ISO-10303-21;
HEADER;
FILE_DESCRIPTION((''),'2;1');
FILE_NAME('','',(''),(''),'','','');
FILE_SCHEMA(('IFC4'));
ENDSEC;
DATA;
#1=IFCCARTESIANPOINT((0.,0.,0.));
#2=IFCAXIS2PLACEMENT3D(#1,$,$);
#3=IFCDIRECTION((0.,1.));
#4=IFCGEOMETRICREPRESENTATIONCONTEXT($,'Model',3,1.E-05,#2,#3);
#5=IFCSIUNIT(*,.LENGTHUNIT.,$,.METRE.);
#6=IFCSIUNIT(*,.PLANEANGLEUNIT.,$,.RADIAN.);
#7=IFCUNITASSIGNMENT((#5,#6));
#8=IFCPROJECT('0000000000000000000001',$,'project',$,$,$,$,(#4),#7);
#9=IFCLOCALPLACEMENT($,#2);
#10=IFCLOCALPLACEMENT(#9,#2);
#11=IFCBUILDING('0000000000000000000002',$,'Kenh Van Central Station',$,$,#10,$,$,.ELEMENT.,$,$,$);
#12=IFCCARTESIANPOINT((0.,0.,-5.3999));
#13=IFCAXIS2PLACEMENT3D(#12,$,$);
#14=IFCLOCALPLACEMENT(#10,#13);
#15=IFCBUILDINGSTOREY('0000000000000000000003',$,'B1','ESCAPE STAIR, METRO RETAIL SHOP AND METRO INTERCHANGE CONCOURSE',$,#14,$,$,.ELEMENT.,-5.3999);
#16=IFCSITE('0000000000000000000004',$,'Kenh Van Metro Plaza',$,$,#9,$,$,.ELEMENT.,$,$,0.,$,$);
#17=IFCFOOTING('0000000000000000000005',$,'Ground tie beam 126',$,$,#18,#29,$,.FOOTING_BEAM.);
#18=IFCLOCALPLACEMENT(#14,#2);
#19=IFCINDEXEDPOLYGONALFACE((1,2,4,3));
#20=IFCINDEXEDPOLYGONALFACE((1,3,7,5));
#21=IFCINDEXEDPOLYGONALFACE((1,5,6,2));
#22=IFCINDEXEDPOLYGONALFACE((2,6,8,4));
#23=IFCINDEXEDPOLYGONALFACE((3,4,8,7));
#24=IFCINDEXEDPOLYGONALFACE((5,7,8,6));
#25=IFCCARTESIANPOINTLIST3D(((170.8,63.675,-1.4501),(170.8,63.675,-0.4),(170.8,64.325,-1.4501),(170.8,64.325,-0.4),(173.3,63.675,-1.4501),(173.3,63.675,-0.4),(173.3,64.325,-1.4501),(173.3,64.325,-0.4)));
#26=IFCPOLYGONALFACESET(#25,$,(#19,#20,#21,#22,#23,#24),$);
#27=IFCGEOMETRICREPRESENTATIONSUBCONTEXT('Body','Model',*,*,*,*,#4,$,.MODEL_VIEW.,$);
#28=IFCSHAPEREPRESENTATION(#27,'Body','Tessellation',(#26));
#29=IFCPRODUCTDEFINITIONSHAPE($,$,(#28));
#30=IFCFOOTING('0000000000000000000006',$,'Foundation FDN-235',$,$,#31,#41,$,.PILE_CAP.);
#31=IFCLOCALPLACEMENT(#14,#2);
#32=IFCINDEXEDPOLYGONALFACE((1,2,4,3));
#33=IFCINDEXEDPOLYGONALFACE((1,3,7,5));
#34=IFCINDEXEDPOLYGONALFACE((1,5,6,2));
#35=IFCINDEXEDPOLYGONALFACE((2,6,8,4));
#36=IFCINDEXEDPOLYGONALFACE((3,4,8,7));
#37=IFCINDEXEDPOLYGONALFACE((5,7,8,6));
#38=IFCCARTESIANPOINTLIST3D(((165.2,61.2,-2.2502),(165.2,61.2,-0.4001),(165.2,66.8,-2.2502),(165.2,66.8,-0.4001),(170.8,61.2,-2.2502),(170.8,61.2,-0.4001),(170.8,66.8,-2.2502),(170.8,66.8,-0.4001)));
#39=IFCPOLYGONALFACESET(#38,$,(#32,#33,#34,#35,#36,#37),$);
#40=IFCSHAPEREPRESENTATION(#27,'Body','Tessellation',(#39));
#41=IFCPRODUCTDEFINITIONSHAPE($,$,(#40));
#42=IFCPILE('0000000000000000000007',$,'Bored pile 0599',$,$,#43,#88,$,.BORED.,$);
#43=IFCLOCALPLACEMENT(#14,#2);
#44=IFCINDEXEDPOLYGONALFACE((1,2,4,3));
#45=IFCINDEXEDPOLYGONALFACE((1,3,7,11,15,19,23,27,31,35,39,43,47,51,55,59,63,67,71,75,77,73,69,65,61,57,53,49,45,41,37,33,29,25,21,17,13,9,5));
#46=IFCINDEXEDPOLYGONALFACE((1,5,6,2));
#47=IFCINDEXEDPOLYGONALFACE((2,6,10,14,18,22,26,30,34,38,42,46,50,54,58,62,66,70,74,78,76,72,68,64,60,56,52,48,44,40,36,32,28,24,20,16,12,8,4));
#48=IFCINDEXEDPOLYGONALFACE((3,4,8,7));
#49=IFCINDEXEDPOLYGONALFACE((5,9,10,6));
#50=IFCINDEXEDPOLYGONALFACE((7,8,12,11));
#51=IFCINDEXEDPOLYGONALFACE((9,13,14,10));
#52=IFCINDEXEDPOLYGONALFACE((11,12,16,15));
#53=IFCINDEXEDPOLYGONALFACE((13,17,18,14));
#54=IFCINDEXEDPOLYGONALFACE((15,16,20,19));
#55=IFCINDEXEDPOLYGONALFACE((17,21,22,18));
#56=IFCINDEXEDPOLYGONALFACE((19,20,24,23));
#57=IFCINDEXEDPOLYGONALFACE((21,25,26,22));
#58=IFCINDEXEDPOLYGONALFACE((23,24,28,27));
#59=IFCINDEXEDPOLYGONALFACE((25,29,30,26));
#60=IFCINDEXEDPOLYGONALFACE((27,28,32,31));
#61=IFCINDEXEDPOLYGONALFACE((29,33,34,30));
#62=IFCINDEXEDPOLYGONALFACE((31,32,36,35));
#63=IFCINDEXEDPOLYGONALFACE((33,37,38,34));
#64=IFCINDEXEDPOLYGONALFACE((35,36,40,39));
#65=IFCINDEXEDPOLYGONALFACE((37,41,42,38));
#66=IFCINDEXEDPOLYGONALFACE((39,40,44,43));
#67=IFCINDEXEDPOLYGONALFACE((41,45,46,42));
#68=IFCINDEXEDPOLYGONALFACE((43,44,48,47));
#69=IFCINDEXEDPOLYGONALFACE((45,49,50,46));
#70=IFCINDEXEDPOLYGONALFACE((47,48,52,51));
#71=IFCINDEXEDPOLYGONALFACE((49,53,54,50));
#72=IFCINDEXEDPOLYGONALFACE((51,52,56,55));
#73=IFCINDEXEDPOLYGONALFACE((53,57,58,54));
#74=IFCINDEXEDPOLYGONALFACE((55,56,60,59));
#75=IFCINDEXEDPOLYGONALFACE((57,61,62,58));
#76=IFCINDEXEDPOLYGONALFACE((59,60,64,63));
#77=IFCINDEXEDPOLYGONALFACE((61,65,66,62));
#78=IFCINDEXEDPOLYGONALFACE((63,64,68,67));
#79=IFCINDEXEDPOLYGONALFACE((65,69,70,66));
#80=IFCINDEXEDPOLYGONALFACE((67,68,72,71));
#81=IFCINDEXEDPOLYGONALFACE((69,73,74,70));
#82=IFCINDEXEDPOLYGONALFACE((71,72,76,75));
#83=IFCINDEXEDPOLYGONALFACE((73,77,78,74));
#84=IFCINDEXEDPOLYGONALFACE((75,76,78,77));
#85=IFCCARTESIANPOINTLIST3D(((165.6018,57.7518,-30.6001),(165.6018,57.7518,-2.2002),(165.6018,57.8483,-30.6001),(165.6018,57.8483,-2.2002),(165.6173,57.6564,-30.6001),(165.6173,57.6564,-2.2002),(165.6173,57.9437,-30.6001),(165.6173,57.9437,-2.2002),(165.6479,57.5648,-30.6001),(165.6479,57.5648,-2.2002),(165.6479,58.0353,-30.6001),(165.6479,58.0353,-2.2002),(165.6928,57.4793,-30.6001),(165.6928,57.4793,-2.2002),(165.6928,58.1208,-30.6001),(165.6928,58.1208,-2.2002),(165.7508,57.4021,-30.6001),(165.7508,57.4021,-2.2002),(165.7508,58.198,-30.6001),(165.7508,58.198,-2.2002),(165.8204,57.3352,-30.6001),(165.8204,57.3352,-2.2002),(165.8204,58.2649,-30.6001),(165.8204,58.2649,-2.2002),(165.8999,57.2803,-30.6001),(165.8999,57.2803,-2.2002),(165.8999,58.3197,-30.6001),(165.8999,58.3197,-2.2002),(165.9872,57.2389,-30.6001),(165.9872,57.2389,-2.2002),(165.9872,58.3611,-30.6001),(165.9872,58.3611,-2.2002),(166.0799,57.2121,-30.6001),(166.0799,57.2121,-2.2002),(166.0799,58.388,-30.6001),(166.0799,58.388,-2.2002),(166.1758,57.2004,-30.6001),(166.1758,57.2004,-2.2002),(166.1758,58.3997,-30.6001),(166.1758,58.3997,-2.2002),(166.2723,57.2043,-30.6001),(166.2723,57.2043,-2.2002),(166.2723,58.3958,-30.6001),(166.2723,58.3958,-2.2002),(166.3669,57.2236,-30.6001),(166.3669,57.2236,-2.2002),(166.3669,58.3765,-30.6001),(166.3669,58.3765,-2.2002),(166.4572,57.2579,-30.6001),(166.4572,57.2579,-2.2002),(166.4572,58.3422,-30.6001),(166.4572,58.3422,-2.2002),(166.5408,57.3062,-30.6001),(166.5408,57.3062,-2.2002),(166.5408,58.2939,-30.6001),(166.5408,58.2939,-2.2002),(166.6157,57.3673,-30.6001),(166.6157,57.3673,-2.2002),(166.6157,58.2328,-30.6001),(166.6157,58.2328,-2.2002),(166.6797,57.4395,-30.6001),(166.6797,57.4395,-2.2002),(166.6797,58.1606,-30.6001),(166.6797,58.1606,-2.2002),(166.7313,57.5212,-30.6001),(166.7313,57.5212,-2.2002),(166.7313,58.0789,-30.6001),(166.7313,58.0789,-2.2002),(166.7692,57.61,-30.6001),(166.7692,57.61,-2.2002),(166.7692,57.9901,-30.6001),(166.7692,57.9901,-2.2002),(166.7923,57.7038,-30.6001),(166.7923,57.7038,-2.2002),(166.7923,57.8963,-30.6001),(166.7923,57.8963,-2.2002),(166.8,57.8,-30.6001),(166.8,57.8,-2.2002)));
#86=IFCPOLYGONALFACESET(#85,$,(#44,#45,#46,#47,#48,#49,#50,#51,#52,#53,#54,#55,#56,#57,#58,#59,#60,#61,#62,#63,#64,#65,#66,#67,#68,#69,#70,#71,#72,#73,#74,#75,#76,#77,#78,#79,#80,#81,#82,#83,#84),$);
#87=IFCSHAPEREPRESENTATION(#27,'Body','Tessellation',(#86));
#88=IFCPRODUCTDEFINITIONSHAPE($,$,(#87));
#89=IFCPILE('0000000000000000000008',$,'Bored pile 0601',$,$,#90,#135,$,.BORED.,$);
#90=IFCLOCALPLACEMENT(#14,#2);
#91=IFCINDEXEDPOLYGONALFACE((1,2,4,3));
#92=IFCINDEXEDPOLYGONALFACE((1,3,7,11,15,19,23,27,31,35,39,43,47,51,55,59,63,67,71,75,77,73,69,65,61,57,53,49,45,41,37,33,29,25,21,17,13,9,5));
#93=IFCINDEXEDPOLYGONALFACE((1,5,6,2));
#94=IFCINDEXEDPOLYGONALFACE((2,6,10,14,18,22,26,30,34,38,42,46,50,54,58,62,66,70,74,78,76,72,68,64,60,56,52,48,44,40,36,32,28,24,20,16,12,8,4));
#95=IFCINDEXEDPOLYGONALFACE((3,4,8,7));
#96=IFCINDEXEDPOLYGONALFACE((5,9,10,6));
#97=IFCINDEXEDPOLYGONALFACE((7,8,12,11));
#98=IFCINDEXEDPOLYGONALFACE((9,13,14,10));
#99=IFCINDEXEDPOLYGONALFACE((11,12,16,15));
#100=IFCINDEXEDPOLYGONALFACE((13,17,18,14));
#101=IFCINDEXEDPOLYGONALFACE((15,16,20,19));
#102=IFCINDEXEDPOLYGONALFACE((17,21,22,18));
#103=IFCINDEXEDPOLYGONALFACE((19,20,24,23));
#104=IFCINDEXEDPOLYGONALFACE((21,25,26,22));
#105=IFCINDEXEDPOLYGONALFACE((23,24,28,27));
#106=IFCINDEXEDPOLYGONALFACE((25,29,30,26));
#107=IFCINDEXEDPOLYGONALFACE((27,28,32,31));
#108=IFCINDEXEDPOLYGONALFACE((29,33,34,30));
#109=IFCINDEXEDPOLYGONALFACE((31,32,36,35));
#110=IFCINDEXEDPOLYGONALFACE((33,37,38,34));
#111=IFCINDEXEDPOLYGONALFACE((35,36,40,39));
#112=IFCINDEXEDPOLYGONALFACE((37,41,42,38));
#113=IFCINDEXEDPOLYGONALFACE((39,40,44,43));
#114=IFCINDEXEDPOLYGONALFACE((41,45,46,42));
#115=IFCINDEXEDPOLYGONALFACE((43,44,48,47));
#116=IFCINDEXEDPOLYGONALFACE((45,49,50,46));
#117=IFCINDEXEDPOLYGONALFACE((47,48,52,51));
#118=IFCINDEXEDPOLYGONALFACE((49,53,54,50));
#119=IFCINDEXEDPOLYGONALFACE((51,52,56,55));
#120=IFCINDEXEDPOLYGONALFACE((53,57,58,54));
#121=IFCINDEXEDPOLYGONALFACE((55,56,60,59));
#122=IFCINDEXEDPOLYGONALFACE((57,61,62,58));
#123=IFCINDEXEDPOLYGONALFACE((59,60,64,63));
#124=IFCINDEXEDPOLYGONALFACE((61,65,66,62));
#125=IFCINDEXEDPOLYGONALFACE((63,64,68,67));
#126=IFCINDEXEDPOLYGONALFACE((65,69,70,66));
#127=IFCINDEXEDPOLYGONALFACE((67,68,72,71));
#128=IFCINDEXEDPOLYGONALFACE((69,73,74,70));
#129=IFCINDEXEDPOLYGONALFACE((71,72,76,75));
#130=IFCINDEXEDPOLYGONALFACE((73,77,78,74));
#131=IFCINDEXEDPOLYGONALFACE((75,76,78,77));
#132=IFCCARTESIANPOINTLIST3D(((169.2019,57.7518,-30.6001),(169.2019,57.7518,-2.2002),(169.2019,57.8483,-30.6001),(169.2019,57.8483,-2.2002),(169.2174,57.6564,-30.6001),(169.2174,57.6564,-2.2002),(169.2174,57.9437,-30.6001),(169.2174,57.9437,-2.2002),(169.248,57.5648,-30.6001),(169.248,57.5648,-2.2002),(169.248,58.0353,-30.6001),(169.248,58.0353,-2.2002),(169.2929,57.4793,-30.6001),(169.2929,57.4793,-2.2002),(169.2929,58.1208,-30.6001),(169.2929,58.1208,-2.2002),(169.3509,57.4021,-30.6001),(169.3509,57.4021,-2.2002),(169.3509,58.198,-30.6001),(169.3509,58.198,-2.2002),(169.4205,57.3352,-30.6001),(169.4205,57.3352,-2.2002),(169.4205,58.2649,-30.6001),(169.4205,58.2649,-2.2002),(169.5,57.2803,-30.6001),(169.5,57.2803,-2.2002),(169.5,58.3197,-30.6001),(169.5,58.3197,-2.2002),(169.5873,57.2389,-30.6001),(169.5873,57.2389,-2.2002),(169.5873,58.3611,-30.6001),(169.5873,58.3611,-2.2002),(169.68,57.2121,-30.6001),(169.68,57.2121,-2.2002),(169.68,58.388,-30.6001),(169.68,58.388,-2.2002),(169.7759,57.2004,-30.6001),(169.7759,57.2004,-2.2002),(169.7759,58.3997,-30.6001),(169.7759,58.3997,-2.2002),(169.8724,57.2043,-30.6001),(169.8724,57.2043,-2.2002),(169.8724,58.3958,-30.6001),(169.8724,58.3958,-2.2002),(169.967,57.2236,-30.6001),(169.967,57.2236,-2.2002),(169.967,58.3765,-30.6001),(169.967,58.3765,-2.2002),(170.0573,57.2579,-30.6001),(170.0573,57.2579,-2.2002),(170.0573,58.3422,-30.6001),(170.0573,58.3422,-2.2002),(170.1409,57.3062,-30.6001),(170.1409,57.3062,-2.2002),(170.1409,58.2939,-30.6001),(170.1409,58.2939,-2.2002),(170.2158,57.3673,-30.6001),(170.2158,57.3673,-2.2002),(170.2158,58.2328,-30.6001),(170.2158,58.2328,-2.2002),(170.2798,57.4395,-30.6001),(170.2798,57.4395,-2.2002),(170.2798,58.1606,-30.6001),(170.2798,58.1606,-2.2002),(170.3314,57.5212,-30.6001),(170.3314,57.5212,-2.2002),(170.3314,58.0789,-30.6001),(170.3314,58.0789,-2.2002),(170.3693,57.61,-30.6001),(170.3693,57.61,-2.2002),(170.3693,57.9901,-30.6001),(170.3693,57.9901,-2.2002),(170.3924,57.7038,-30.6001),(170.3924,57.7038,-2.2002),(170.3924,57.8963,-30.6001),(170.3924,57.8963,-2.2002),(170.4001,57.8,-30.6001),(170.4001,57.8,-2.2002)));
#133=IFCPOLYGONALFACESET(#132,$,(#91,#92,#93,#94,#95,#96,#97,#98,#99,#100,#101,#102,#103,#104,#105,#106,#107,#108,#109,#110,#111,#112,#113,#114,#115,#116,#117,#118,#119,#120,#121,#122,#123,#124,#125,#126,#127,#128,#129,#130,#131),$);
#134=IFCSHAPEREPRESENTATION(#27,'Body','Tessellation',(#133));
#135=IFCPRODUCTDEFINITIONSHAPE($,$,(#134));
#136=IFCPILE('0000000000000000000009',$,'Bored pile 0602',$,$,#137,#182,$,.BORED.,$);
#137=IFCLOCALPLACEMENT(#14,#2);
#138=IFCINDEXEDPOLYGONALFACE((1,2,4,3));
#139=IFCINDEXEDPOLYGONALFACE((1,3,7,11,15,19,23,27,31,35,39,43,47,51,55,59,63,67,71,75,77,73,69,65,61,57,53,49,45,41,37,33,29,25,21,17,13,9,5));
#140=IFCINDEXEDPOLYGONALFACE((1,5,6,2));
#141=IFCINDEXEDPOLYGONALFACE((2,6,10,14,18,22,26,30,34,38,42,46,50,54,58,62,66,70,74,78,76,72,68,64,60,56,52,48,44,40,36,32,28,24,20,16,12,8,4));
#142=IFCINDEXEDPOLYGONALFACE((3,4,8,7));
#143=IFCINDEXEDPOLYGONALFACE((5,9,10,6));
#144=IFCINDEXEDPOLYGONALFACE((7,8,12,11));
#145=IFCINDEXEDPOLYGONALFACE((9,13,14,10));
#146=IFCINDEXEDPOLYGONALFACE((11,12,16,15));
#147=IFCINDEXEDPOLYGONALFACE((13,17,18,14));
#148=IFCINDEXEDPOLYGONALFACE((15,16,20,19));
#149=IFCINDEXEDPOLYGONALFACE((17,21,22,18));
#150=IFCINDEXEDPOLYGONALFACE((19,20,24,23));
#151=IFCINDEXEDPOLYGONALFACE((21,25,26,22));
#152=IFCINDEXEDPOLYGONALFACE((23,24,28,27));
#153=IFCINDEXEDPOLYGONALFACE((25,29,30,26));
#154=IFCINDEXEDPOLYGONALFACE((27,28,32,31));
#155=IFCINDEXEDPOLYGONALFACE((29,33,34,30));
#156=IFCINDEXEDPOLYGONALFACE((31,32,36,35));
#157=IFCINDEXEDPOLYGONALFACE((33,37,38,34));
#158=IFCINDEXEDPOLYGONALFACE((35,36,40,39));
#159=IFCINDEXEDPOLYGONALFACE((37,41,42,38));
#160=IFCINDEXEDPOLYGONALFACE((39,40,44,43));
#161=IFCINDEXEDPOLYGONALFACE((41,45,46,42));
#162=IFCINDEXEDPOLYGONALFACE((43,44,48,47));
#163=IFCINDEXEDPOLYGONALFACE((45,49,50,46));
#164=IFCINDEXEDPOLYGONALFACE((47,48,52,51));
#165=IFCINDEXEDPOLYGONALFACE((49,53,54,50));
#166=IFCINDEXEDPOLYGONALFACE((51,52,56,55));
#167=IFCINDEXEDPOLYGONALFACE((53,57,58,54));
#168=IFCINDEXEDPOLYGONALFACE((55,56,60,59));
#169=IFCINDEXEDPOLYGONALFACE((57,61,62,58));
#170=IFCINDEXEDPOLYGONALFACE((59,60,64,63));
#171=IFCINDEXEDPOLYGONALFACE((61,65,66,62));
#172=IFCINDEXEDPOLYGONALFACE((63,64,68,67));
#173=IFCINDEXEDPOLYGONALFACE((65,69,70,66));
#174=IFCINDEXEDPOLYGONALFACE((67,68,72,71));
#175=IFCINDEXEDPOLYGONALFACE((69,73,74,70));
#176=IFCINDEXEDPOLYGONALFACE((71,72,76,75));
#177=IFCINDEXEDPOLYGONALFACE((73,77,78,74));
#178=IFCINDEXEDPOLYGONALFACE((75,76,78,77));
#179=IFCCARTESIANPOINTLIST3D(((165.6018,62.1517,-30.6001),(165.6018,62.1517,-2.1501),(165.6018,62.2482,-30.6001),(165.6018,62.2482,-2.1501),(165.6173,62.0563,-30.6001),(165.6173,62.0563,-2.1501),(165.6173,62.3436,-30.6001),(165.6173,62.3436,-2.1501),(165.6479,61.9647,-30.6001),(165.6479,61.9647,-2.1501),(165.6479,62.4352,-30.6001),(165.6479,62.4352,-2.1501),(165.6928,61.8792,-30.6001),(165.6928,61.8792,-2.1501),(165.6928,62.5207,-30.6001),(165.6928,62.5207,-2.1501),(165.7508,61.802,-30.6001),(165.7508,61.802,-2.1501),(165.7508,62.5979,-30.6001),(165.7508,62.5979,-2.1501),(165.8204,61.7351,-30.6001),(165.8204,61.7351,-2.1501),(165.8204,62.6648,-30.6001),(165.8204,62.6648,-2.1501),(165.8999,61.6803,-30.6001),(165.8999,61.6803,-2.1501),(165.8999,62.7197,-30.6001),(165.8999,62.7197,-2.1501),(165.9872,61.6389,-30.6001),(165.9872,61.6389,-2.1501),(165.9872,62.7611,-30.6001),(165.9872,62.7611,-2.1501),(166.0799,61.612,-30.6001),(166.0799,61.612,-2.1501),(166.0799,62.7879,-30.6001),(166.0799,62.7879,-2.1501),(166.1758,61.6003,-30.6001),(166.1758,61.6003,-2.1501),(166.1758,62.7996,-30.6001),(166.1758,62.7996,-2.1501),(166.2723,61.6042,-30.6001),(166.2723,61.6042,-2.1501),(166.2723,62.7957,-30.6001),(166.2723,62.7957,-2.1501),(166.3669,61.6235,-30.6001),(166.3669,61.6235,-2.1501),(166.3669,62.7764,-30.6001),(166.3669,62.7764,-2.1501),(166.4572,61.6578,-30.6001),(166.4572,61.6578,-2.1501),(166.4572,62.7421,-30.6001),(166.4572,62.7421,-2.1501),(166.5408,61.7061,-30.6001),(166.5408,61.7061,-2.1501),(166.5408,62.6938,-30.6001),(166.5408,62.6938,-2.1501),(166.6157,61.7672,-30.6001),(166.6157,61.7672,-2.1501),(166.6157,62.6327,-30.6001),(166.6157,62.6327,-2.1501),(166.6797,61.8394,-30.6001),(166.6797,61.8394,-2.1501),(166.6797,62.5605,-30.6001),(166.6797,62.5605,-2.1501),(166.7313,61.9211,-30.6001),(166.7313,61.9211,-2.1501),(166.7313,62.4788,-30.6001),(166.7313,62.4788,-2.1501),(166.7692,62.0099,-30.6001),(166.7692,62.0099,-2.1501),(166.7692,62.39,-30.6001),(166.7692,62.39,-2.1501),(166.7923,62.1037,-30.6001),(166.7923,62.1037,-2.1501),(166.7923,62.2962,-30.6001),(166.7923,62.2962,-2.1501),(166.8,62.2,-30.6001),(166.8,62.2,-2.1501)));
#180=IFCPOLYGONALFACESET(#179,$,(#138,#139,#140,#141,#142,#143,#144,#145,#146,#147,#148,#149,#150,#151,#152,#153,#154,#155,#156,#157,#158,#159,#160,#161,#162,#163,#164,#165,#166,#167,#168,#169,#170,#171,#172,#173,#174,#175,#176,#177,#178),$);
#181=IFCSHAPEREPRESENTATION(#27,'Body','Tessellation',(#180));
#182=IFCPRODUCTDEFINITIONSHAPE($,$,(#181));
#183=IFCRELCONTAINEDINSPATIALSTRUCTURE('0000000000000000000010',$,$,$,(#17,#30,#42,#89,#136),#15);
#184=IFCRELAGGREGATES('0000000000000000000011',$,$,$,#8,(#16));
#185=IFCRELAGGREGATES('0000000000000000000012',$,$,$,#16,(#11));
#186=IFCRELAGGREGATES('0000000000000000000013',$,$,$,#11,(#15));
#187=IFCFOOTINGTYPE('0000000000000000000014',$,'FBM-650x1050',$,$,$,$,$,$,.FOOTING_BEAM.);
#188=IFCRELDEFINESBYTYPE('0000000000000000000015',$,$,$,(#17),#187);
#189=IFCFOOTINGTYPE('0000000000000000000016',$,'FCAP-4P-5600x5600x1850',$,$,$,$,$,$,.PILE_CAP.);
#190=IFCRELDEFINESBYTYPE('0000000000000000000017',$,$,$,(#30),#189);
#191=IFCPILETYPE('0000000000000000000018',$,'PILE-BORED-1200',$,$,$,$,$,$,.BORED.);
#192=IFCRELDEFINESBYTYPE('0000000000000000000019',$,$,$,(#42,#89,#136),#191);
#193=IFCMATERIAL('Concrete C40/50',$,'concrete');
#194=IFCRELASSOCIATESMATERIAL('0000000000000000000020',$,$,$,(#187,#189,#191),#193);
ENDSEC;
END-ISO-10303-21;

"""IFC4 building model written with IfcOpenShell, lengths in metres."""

from ifc_helpers import new_model, si_unit, direction, frame, origin, origin_2d, place, context, subcontext, project, spatial, rectangle, circle, extrude, material, material_profile, profile_set, type_object, element, save


model = new_model("IFC4")

# Units and contexts
model_context = context("Model", 3, precision=1e-05, world=origin(), true_north=direction((0.0, 1.0)))
body_context = subcontext(model_context, "Body", "Model", "MODEL_VIEW")
ifc_project = project(units=[si_unit("LENGTHUNIT", "METRE"), si_unit("PLANEANGLEUNIT", "RADIAN")], contexts=[model_context])

# Site, building, storey
site_placement = place(None, origin())
site = spatial("IfcSite", under=ifc_project, at=site_placement, Name="Kenh Van Metro Plaza", CompositionType="ELEMENT", RefElevation=0.0)
building_placement = place(site_placement, origin())
building = spatial("IfcBuilding", under=site, at=building_placement, Name="Kenh Van Central Station", CompositionType="ELEMENT")
storey_placement = place(building_placement, frame((0.0, 0.0, -5.3999)))
storey = spatial("IfcBuildingStorey", under=building, at=storey_placement, Name="B1", Description="ESCAPE STAIR, METRO RETAIL SHOP AND METRO INTERCHANGE CONCOURSE", CompositionType="ELEMENT", Elevation=-5.3999)

# Footings
ifc_material_1 = material(Name="Concrete C40/50", Category="concrete")
ifc_material_profile_1 = material_profile(ifc_material_1, rectangle(XDim=0.6499, YDim=1.05, at=origin_2d()), Name="RC 650x1050")
ifc_profile_set_1 = profile_set([ifc_material_profile_1], Name="Concrete C40/50")
footing_type_1 = type_object("IfcFootingType", Name="FBM-650x1050", PredefinedType="FOOTING_BEAM", material=ifc_profile_set_1)
footing_1_placement = place(storey_placement, frame((170.8, 64.0, -0.925), z_axis=(1.0, 0.0, 0.0), x_axis=(0.0, 1.0, 0.0)))
element("IfcFooting", 1, at=footing_1_placement, inside=storey, type_object=footing_type_1, Name="Ground tie beam 126", PredefinedType="FOOTING_BEAM", context=body_context, shape_type="SweptSolid", body=[
    extrude(rectangle(XDim=0.6499, YDim=1.05, at=origin_2d()), origin(), (0.0, 0.0, 1.0), 2.5),
])
footing_type_2 = type_object("IfcFootingType", Name="FCAP-4P-5600x5600x1850", PredefinedType="PILE_CAP", material=ifc_material_1)
footing_2_placement = place(storey_placement, frame((168.0, 64.0, -2.2502), z_axis=(0.0, 0.0, 1.0), x_axis=(1.0, 0.0, 0.0)))
element("IfcFooting", 2, at=footing_2_placement, inside=storey, type_object=footing_type_2, Name="Foundation FDN-235", PredefinedType="PILE_CAP", context=body_context, shape_type="SweptSolid", body=[
    extrude(rectangle(XDim=5.6001, YDim=5.6001, at=origin_2d()), origin(), (0.0, 0.0, 1.0), 1.8501),
])

# Piles
ifc_material_profile_2 = material_profile(ifc_material_1, circle(Radius=0.6001, at=origin_2d()), Name="PILE D1200")
ifc_profile_set_2 = profile_set([ifc_material_profile_2], Name="Concrete C40/50")
pile_type = type_object("IfcPileType", Name="PILE-BORED-1200", PredefinedType="BORED", material=ifc_profile_set_2)
for number, where, z_axis, x_axis, name in (
    (3, (166.2, 57.8, -2.2002), (0.0, 0.0, -1.0), (1.0, 0.0, 0.0), "Bored pile 0599"),
    (4, (169.8, 57.8, -2.2002), (0.0, 0.0, -1.0), (1.0, 0.0, 0.0), "Bored pile 0601"),
):
    element("IfcPile", number, at=place(storey_placement, frame(where, z_axis=z_axis, x_axis=x_axis)), inside=storey, type_object=pile_type, Name=name, PredefinedType="BORED", context=body_context, shape_type="SweptSolid", body=[
        extrude(circle(Radius=0.6001, at=origin_2d()), origin(), (0.0, 0.0, 1.0), 28.3999),
    ])
for number, where, z_axis, x_axis, name in (
    (5, (166.2, 62.2, -2.1501), (0.0, 0.0, -1.0), (1.0, 0.0, 0.0), "Bored pile 0602"),
):
    element("IfcPile", number, at=place(storey_placement, frame(where, z_axis=z_axis, x_axis=x_axis)), inside=storey, type_object=pile_type, Name=name, PredefinedType="BORED", context=body_context, shape_type="SweptSolid", body=[
        extrude(circle(Radius=0.6001, at=origin_2d()), origin(), (0.0, 0.0, 1.0), 28.45),
    ])

save(model, "model.ifc")
